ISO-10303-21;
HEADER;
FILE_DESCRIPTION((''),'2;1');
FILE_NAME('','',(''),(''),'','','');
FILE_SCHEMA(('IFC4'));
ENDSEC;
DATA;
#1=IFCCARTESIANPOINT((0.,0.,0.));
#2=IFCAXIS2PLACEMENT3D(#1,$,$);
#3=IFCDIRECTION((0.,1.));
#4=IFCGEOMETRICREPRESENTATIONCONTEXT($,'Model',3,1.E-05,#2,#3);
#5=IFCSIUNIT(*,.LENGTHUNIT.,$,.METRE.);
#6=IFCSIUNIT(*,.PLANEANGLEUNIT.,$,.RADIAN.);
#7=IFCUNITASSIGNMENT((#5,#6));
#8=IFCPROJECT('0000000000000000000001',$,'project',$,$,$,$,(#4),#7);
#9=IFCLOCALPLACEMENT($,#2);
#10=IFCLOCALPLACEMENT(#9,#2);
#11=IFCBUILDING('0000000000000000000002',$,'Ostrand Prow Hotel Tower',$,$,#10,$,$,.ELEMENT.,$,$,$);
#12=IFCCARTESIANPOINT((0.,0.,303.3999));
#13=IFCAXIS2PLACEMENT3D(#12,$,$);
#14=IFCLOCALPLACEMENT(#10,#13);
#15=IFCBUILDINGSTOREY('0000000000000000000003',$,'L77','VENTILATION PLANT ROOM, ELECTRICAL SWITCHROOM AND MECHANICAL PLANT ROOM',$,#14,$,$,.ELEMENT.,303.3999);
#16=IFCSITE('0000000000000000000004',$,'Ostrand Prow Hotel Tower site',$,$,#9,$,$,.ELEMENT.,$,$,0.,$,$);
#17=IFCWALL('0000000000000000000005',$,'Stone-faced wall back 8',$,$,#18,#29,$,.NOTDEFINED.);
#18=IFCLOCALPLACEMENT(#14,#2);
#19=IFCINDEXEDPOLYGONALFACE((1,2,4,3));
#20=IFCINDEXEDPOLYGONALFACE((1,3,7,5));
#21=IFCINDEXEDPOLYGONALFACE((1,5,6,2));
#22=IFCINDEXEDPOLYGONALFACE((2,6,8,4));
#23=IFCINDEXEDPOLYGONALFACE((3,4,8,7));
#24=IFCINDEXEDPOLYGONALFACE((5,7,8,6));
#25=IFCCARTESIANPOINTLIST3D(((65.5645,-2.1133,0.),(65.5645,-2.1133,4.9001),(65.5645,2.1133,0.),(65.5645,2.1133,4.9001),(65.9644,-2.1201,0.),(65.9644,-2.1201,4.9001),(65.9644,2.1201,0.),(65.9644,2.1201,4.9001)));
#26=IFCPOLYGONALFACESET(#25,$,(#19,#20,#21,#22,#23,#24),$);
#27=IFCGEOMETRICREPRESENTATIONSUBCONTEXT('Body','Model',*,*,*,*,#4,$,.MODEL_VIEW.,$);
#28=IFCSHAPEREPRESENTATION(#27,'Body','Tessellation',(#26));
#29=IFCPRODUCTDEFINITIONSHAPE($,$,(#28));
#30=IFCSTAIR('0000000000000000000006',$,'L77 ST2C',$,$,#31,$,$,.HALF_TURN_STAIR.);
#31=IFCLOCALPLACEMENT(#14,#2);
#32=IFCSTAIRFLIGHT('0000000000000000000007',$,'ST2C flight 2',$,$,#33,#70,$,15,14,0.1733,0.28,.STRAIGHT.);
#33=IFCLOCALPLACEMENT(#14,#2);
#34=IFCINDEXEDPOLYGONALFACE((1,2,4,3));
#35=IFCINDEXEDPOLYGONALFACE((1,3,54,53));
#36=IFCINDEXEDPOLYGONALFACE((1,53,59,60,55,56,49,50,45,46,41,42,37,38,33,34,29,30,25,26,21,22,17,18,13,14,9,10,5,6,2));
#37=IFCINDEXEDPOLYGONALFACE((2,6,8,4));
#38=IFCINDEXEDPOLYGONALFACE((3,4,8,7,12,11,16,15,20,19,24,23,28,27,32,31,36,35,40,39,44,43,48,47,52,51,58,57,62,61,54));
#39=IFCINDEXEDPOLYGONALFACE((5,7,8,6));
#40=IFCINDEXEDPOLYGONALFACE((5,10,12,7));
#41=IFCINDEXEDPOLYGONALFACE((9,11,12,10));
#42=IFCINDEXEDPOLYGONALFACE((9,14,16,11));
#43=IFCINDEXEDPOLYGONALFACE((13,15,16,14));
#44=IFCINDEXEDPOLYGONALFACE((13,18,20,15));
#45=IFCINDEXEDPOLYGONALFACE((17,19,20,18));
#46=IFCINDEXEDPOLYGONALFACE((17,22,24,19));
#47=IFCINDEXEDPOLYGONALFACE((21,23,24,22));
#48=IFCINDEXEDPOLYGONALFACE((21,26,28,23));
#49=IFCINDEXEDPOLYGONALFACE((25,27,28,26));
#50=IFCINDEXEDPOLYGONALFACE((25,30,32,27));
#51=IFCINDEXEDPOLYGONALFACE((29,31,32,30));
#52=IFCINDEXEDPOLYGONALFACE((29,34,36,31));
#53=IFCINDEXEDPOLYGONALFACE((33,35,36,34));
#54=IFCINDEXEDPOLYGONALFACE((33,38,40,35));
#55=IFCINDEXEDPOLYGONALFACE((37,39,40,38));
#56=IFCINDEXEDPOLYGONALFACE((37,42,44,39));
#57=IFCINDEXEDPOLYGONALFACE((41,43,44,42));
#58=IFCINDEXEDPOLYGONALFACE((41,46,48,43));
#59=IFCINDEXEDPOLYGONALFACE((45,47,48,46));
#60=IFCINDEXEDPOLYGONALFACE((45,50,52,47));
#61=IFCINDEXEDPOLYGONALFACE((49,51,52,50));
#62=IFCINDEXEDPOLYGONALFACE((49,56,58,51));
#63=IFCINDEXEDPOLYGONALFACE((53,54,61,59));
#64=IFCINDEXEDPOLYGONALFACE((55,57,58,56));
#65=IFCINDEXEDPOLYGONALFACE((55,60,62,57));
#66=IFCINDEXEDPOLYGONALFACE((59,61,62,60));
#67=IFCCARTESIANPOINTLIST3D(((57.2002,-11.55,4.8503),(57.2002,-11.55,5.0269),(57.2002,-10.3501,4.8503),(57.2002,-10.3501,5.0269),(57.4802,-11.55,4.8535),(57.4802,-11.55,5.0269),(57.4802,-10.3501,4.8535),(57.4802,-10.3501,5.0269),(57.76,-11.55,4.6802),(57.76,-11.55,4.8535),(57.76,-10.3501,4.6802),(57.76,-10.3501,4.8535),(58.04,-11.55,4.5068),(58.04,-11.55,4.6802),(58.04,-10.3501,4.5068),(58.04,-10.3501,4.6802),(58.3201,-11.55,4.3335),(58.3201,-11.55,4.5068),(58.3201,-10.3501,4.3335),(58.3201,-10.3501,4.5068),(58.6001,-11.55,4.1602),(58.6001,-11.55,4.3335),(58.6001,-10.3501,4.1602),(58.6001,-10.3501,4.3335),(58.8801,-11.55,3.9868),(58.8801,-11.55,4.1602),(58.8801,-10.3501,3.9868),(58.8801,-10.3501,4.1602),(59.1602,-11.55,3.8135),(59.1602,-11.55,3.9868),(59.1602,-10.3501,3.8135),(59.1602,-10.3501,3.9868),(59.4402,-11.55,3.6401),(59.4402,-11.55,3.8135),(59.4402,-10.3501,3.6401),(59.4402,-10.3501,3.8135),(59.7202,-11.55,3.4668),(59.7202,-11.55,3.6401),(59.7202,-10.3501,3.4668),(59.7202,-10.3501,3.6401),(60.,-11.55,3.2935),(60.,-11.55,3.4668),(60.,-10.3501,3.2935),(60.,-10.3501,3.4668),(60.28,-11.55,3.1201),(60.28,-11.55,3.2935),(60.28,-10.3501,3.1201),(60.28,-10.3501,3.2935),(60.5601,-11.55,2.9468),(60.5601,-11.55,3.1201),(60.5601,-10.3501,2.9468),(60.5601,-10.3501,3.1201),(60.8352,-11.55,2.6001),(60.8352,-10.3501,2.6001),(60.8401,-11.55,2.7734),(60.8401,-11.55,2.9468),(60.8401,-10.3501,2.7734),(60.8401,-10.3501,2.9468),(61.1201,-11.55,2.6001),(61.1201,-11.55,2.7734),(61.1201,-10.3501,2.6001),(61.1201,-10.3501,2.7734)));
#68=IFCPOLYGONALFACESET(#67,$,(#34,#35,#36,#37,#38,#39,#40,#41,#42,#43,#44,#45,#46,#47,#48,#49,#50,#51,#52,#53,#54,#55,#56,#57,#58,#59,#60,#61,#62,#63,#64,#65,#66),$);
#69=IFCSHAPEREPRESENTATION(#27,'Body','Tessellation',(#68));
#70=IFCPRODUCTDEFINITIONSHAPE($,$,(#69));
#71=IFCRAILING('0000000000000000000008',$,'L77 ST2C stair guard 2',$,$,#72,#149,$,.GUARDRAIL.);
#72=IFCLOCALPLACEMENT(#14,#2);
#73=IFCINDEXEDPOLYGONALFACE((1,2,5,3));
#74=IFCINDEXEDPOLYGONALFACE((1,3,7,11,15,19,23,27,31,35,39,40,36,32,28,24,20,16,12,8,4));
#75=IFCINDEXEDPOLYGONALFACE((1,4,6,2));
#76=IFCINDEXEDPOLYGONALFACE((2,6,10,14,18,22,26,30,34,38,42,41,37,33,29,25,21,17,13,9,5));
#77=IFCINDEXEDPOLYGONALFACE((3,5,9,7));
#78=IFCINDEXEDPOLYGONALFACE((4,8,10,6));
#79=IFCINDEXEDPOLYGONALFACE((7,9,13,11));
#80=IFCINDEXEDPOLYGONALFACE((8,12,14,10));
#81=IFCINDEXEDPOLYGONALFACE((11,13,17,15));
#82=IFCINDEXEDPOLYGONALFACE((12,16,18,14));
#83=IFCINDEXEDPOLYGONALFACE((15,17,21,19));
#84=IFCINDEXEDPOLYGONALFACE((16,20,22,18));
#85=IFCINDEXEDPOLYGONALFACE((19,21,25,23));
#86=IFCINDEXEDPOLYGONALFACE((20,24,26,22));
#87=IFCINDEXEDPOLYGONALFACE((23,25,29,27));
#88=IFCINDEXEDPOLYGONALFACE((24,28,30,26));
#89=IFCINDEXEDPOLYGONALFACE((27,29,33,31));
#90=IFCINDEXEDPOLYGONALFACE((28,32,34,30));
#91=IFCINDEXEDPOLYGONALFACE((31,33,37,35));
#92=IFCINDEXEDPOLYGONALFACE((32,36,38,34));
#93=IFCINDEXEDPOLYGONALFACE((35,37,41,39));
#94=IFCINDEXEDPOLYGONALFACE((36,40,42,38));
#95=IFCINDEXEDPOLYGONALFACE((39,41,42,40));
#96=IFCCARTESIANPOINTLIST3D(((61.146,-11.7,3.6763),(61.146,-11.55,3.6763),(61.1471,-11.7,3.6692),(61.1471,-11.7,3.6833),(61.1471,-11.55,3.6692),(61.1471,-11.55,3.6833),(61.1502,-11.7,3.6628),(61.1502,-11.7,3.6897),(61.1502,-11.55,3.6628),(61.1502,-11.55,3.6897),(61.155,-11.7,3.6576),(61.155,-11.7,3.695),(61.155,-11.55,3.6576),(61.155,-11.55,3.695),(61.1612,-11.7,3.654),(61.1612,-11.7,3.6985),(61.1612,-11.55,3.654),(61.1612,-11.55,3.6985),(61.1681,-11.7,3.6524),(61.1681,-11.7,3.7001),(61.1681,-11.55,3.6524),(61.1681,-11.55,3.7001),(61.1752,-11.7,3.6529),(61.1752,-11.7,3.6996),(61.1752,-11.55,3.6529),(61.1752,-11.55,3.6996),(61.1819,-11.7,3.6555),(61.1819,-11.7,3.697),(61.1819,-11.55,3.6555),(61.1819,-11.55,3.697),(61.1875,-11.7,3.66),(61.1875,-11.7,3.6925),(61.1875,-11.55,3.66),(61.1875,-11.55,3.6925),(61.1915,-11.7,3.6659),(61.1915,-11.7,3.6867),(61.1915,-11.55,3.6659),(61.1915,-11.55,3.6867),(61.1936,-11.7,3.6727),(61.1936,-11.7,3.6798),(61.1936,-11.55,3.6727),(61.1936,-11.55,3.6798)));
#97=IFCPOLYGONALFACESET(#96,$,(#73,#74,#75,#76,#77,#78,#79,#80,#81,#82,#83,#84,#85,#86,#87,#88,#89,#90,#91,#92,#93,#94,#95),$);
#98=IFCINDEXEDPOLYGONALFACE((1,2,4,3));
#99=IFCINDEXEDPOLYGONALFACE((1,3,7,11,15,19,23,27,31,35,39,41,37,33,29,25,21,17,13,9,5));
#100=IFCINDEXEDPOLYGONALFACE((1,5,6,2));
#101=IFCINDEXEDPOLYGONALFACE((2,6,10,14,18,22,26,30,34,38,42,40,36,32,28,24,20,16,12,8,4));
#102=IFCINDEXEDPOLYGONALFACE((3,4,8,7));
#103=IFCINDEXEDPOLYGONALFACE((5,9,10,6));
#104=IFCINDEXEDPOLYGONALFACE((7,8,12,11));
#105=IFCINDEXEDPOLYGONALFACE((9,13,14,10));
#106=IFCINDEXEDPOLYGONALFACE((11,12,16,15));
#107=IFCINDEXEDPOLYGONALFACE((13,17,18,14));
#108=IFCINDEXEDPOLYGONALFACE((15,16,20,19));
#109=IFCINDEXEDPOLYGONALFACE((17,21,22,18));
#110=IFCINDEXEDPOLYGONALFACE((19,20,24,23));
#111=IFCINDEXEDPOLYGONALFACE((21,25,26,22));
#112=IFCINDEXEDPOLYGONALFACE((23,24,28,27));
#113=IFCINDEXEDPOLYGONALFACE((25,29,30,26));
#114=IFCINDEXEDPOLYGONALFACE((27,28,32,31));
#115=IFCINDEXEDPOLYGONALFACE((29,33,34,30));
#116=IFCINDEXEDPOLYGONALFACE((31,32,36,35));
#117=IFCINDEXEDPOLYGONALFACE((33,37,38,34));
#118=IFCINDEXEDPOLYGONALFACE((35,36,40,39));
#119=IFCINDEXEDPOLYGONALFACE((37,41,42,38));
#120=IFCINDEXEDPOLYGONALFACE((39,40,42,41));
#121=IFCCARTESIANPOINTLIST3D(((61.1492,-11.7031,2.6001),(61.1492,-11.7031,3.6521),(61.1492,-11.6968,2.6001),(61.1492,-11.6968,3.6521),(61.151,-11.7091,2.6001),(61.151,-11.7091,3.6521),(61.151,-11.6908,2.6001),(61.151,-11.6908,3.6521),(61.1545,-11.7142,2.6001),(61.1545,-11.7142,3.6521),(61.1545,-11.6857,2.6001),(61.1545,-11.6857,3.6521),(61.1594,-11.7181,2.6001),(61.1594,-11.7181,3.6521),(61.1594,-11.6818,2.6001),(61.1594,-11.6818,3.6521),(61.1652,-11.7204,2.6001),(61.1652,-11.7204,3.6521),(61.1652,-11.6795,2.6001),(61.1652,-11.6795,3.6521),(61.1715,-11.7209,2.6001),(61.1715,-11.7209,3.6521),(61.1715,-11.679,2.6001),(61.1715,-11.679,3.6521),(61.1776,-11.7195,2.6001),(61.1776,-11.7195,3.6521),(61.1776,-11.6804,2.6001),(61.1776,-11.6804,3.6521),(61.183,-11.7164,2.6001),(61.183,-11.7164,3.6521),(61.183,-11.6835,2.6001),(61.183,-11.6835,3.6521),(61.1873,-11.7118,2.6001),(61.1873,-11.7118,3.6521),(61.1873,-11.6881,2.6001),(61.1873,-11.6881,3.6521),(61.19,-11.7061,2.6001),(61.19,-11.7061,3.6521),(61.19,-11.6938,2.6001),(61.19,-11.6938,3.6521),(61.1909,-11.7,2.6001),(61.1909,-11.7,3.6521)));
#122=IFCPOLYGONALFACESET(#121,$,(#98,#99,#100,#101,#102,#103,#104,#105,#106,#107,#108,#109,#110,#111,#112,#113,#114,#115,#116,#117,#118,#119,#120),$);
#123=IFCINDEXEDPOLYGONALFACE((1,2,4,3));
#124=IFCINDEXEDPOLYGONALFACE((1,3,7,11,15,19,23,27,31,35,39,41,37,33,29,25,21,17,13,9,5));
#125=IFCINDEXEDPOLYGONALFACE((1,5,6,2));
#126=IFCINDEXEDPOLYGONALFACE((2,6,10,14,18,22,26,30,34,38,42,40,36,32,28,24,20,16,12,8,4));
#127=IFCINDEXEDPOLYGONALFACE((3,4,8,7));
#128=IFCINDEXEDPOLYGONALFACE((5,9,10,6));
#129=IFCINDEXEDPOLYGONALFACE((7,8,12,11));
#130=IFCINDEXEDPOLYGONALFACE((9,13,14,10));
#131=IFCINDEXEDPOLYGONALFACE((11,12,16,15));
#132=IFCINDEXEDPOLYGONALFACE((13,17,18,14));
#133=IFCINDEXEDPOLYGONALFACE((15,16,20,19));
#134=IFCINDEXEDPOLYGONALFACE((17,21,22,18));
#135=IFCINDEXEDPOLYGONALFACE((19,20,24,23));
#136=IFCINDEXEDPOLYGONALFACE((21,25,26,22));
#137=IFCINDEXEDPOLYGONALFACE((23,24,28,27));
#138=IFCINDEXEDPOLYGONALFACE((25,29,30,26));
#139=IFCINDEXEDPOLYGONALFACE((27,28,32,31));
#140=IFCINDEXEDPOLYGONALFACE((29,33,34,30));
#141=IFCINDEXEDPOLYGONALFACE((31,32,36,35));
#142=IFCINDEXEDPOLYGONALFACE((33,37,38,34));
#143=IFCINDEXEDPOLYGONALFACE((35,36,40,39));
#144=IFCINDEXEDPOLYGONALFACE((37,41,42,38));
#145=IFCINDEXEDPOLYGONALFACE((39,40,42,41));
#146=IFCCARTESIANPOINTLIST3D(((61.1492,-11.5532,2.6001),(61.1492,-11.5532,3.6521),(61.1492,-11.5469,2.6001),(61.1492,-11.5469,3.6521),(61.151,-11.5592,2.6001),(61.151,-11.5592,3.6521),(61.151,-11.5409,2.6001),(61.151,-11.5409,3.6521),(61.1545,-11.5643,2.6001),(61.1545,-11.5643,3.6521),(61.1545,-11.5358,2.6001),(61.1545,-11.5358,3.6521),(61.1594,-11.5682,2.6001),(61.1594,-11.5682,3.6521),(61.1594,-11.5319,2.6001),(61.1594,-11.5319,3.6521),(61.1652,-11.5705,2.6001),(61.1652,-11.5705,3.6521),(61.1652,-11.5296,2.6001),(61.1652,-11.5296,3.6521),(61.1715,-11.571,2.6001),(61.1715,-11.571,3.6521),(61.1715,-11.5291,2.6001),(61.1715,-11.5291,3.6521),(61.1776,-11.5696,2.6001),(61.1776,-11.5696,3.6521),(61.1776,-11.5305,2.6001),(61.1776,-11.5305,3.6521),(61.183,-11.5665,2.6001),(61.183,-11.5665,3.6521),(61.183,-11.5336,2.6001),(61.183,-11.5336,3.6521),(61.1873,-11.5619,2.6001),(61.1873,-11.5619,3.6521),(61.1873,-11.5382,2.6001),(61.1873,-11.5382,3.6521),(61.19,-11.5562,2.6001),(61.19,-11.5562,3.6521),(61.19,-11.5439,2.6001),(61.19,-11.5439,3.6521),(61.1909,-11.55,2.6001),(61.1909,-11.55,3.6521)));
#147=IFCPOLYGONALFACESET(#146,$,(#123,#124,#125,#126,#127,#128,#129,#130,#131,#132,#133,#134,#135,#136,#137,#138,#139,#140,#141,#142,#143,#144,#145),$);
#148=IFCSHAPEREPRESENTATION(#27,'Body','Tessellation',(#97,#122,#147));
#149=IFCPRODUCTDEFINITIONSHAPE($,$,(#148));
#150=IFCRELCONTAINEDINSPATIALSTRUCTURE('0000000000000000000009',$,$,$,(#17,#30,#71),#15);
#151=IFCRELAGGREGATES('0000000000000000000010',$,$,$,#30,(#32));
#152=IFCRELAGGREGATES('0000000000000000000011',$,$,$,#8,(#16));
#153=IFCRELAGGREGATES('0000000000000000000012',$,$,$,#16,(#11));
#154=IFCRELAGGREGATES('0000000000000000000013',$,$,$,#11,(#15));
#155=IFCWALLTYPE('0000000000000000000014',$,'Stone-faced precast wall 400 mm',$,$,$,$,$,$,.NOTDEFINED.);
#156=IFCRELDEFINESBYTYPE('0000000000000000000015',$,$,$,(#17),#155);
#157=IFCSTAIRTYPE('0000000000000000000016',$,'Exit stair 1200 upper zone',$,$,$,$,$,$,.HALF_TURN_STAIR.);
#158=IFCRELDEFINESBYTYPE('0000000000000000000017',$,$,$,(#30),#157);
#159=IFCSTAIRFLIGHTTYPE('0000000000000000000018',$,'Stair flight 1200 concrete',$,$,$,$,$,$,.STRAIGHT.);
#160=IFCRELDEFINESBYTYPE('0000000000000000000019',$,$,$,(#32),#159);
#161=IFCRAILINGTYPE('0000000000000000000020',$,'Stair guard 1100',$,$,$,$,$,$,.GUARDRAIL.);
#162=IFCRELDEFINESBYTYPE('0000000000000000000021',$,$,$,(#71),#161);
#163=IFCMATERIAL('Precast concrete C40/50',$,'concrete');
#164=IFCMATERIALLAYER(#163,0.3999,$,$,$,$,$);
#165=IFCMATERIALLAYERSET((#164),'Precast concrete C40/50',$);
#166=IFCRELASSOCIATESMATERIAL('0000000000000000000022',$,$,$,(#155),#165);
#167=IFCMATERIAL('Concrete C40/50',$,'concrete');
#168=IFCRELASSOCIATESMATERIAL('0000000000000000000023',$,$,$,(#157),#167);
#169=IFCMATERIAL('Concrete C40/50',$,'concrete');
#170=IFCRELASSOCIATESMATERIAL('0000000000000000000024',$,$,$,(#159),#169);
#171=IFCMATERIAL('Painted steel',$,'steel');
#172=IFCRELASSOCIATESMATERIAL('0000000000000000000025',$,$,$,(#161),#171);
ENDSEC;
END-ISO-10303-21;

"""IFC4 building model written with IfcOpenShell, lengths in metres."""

from ifc_helpers import new_model, si_unit, direction, frame, origin, origin_2d, place, context, subcontext, project, spatial, polyline, circle, outline, extrude, material, layer, layer_set, type_object, element, aggregate, save


model = new_model("IFC4")

# Units and contexts
model_context = context("Model", 3, precision=1e-05, world=origin(), true_north=direction((0.0, 1.0)))
body_context = subcontext(model_context, "Body", "Model", "MODEL_VIEW")
ifc_project = project(units=[si_unit("LENGTHUNIT", "METRE"), si_unit("PLANEANGLEUNIT", "RADIAN")], contexts=[model_context])

# Site, building, storey
site_placement = place(None, origin())
site = spatial("IfcSite", under=ifc_project, at=site_placement, Name="Ostrand Prow Hotel Tower site", CompositionType="ELEMENT", RefElevation=0.0)
building_placement = place(site_placement, origin())
building = spatial("IfcBuilding", under=site, at=building_placement, Name="Ostrand Prow Hotel Tower", CompositionType="ELEMENT")
storey_placement = place(building_placement, frame((0.0, 0.0, 303.3999)))
storey = spatial("IfcBuildingStorey", under=building, at=storey_placement, Name="L77", Description="VENTILATION PLANT ROOM, ELECTRICAL SWITCHROOM AND MECHANICAL PLANT ROOM", CompositionType="ELEMENT", Elevation=303.3999)

# Wall
ifc_material_1 = material(Name="Precast concrete C40/50", Category="concrete")
ifc_layer_1 = layer(ifc_material_1, 0.3999)
ifc_layer_set_1 = layer_set([ifc_layer_1], Name="Precast concrete C40/50")
wall_type_1 = type_object("IfcWallType", Name="Stone-faced precast wall 400 mm", PredefinedType="NOTDEFINED", material=ifc_layer_set_1)
for number, where, z_axis, x_axis, name in (
    (1, (65.7644, -2.1167, 0.0), (0.0, 0.0, 1.0), (0.0, 1.0, 0.0), "Stone-faced wall back 8"),
):
    element("IfcWall", number, at=place(storey_placement, frame(where, z_axis=z_axis, x_axis=x_axis)), inside=storey, type_object=wall_type_1, Name=name, PredefinedType="NOTDEFINED", context=body_context, shape_type="SweptSolid", body=[
        extrude(outline(polyline([(-0.0034, -0.2), (4.2368, -0.2), (4.23, 0.2), (0.0034, 0.2), (-0.0034, -0.2)])), origin(), (0.0, 0.0, 1.0), 4.9001),
    ])

# Stair, stair flight
ifc_material_2 = material(Name="Concrete C40/50", Category="concrete")
stair_type = type_object("IfcStairType", Name="Exit stair 1200 upper zone", PredefinedType="HALF_TURN_STAIR", material=ifc_material_2)
stair_placement = place(storey_placement, origin())
stair = element("IfcStair", 2, at=stair_placement, inside=storey, type_object=stair_type, Name="L77 ST2C", PredefinedType="HALF_TURN_STAIR")
ifc_material_3 = material(Name="Concrete C40/50", Category="concrete")
stair_flight_type = type_object("IfcStairFlightType", Name="Stair flight 1200 concrete", PredefinedType="STRAIGHT", material=ifc_material_3)
stair_flight_placement = place(storey_placement, frame((61.1201, -10.95, 2.6001), z_axis=(0.0, 0.0, 1.0), x_axis=(-1.0, 0.0, 0.0)))
stair_flight = element("IfcStairFlight", 3, at=stair_flight_placement, type_object=stair_flight_type, Name="ST2C flight 2", NumberOfRisers=15, NumberOfTreads=14, PredefinedType="STRAIGHT", RiserHeight=0.1733, TreadLength=0.28, context=body_context, shape_type="SweptSolid", body=[
    extrude(outline(polyline([(0.0, 0.0), (0.0, 0.1733), (0.28, 0.1733), (0.28, 0.3467), (0.5601, 0.3467), (0.5601, 0.52), (0.8401, 0.52), (0.8401, 0.6934), (1.1201, 0.6934), (1.1201, 0.8667), (1.3999, 0.8667), (1.3999, 1.04), (1.6799, 1.04), (1.6799, 1.2134), (1.96, 1.2134), (1.96, 1.3867), (2.24, 1.3867), (2.24, 1.5601), (2.52, 1.5601), (2.52, 1.7334), (2.8, 1.7334), (2.8, 1.9067), (3.0801, 1.9067), (3.0801, 2.0801), (3.3601, 2.0801), (3.3601, 2.2534), (3.6399, 2.2534), (3.6399, 2.4268), (3.9199, 2.4268), (3.9199, 2.6001), (3.9199, 2.2502), (0.2849, 0.0), (0.0, 0.0)])), frame((0.0, 0.6001, 0.0), z_axis=(0.0, -1.0, 0.0), x_axis=(1.0, 0.0, 0.0)), (0.0, 0.0, 1.0), 1.2),
])
aggregate(stair, [stair_flight])

# Railing
ifc_material_4 = material(Name="Painted steel", Category="steel")
railing_type_1 = type_object("IfcRailingType", Name="Stair guard 1100", PredefinedType="GUARDRAIL", material=ifc_material_4)
railing_1_placement = place(storey_placement, frame((61.1699, -11.7, 2.6001)))
element("IfcRailing", 4, at=railing_1_placement, inside=storey, type_object=railing_type_1, Name="L77 ST2C stair guard 2", PredefinedType="GUARDRAIL", context=body_context, shape_type="SweptSolid", body=[
    extrude(circle(Radius=0.0239, at=origin_2d()), frame((0.0, 0.0, 1.0762), z_axis=(0.0, 1.0, 0.0), x_axis=(-1.0, 0.0, 0.0)), (0.0, 0.0, 1.0), 0.1499),
    extrude(circle(Radius=0.021, at=origin_2d()), origin(), (0.0, 0.0, 1.0), 1.052),
    extrude(circle(Radius=0.021, at=origin_2d()), frame((0.0, 0.1499, 0.0)), (0.0, 0.0, 1.0), 1.052),
])

save(model, "model.ifc")
